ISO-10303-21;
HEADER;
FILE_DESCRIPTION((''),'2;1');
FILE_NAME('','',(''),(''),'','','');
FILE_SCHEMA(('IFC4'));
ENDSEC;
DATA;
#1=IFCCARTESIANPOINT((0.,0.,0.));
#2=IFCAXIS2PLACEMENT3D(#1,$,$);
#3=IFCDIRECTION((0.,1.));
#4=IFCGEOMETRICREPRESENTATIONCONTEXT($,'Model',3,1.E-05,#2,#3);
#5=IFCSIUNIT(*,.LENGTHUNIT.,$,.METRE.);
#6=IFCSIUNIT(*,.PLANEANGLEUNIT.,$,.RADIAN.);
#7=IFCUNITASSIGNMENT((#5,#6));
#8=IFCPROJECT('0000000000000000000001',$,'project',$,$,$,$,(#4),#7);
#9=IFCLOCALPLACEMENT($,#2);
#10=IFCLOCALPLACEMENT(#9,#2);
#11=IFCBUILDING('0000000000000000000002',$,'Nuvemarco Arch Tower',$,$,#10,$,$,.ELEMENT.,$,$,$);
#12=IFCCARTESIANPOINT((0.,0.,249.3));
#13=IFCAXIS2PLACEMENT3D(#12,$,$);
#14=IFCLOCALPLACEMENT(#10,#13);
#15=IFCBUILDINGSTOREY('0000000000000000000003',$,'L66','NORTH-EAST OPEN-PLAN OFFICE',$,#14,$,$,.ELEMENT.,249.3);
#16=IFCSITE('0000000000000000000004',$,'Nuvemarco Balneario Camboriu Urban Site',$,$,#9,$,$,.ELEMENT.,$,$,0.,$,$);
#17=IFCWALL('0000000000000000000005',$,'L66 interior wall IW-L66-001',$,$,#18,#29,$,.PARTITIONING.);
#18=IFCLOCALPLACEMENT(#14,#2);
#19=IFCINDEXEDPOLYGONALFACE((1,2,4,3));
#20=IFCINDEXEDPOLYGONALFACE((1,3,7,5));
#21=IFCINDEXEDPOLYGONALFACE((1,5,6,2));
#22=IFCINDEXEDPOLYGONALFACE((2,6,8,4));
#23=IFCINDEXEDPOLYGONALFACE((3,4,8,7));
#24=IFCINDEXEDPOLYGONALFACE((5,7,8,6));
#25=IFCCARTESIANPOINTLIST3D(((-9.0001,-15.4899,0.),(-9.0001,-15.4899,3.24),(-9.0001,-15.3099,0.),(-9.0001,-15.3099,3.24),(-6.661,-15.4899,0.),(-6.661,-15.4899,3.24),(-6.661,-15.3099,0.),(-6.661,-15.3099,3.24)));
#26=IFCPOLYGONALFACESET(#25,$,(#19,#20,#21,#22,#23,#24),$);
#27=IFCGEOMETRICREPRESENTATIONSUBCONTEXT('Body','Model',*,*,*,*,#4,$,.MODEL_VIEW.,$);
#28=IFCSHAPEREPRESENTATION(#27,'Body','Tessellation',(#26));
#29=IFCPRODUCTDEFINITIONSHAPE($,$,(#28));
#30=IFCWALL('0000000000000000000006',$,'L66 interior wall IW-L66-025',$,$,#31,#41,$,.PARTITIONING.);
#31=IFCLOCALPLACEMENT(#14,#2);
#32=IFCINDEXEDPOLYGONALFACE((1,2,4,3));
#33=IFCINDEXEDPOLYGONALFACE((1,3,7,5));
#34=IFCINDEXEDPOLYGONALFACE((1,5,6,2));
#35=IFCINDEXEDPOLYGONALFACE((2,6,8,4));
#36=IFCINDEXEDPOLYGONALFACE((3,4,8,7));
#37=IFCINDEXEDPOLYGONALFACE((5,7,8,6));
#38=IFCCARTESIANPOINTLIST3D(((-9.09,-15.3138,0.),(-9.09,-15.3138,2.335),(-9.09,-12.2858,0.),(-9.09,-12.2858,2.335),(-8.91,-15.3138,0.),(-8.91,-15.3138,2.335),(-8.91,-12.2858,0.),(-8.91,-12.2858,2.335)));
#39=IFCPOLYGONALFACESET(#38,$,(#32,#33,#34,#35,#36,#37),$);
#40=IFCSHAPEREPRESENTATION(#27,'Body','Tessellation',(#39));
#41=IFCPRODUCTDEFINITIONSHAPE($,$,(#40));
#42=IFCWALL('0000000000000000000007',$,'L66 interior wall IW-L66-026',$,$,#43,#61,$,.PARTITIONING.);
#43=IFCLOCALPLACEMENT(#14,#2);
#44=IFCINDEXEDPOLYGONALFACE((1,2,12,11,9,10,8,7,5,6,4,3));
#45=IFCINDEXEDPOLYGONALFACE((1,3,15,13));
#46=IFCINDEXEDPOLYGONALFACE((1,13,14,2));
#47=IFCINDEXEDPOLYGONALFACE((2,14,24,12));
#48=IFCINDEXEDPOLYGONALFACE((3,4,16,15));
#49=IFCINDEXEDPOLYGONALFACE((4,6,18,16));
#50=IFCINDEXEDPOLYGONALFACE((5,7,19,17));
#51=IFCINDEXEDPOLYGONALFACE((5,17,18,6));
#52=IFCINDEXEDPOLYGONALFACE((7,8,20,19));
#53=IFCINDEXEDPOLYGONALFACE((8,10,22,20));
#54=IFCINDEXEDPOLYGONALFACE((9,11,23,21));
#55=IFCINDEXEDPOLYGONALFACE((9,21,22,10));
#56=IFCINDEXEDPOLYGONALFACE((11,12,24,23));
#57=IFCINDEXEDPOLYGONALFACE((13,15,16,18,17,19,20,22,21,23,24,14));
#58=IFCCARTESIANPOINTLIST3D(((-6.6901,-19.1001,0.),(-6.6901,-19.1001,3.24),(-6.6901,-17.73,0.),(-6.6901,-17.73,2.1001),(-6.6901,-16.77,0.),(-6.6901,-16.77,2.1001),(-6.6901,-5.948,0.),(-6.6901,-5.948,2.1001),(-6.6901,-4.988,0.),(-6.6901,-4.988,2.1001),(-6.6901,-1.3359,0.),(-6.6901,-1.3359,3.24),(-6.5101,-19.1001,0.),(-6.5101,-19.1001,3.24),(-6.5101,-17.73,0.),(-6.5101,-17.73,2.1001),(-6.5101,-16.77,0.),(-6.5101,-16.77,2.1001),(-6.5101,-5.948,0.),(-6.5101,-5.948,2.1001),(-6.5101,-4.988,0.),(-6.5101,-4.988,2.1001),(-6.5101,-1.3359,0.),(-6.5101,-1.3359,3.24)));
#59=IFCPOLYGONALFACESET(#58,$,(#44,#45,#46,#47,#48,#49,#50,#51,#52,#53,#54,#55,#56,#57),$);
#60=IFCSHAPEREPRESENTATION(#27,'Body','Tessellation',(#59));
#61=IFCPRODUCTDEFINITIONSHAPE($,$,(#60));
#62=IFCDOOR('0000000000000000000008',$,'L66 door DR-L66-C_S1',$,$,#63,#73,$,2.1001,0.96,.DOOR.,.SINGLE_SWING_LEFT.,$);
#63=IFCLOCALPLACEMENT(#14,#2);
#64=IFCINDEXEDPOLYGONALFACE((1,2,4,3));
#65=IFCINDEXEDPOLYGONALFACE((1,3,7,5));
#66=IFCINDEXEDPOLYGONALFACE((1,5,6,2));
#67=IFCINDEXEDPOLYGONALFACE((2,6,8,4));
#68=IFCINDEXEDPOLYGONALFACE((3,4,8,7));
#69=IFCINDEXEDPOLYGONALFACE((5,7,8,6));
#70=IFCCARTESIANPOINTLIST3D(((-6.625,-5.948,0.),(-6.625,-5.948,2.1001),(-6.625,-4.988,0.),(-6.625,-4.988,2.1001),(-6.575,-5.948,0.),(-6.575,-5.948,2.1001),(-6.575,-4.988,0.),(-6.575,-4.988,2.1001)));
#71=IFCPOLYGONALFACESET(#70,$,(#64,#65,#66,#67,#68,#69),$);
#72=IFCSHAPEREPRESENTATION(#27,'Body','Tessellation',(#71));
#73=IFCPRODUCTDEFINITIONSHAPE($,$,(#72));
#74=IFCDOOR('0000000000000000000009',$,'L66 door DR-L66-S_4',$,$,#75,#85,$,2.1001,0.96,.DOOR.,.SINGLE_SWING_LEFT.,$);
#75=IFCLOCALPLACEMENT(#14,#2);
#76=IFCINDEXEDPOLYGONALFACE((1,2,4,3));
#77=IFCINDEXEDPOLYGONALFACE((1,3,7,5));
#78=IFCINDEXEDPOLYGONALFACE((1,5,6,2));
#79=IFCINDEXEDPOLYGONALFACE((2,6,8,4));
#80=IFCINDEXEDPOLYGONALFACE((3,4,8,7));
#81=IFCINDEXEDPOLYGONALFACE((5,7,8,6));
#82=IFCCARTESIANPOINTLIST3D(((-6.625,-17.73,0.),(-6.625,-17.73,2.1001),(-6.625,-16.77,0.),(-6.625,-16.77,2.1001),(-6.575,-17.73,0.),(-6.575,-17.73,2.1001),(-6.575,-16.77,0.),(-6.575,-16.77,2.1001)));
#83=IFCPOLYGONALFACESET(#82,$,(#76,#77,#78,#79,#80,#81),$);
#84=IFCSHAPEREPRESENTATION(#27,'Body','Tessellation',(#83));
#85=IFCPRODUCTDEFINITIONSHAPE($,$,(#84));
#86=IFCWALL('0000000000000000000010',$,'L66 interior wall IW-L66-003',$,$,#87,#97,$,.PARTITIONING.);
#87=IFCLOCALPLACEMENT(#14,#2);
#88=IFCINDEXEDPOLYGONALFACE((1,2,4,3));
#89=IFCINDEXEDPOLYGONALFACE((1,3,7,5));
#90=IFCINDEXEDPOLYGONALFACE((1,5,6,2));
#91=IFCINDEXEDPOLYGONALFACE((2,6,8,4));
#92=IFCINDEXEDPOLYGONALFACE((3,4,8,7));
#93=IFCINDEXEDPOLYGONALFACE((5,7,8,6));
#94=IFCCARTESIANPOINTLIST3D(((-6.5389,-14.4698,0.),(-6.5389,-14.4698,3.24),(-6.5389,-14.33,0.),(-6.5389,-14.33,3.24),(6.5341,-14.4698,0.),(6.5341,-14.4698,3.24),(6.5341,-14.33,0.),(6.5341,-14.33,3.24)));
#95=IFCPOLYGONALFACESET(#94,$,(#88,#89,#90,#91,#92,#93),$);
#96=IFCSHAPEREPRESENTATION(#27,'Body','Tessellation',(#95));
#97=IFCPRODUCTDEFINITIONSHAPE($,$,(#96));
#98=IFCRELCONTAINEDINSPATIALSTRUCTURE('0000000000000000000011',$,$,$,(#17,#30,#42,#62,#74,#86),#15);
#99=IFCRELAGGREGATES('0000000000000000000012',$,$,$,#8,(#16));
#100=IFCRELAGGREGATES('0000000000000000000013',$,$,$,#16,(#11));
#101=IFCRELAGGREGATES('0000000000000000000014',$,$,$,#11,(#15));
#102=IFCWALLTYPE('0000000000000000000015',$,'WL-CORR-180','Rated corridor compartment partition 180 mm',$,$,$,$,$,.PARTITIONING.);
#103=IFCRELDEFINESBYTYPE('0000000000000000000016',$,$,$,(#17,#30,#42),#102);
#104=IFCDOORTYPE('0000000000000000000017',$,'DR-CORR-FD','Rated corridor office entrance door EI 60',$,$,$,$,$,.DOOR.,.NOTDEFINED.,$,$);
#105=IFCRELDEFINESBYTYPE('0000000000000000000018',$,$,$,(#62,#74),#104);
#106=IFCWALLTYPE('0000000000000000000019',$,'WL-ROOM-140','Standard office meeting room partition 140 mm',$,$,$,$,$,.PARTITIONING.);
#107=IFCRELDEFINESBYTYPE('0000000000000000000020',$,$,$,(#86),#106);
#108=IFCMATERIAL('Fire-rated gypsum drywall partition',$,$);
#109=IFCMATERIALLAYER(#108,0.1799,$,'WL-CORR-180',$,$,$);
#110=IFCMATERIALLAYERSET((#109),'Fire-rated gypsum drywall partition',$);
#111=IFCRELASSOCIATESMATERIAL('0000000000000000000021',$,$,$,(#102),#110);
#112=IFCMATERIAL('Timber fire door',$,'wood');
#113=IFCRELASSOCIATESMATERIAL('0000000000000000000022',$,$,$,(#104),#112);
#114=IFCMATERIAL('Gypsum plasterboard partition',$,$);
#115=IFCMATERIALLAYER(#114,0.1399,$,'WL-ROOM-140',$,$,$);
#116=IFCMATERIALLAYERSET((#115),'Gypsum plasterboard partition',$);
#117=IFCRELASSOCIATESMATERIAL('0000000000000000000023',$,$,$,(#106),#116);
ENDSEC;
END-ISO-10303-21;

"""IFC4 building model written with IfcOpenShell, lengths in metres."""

from ifc_helpers import new_model, si_unit, direction, frame, frame_2d, origin, place, context, subcontext, project, spatial, rectangle, extrude, source, transform, mapped, material, layer, layer_set, type_object, type_shapes, element, fill, save


model = new_model("IFC4")

# Units and contexts
model_context = context("Model", 3, precision=1e-05, world=origin(), true_north=direction((0.0, 1.0)))
body_context = subcontext(model_context, "Body", "Model", "MODEL_VIEW")
ifc_project = project(units=[si_unit("LENGTHUNIT", "METRE"), si_unit("PLANEANGLEUNIT", "RADIAN")], contexts=[model_context])

# Site, building, storey
site_placement = place(None, origin())
site = spatial("IfcSite", under=ifc_project, at=site_placement, Name="Nuvemarco Balneario Camboriu Urban Site", CompositionType="ELEMENT", RefElevation=0.0)
building_placement = place(site_placement, origin())
building = spatial("IfcBuilding", under=site, at=building_placement, Name="Nuvemarco Arch Tower", CompositionType="ELEMENT")
storey_placement = place(building_placement, frame((0.0, 0.0, 249.3)))
storey = spatial("IfcBuildingStorey", under=building, at=storey_placement, Name="L66", Description="NORTH-EAST OPEN-PLAN OFFICE", CompositionType="ELEMENT", Elevation=249.3)

# Walls
ifc_material_1 = material(Name="Fire-rated gypsum drywall partition")
ifc_layer_1 = layer(ifc_material_1, 0.1799, Name="WL-CORR-180")
ifc_layer_set_1 = layer_set([ifc_layer_1], Name="Fire-rated gypsum drywall partition")
wall_type_1 = type_object("IfcWallType", Name="WL-CORR-180", Description="Rated corridor compartment partition 180 mm", PredefinedType="PARTITIONING", material=ifc_layer_set_1)
wall_1_placement = place(storey_placement, frame((-9.0, -15.3999, 0.0), z_axis=(0.0, 0.0, 1.0), x_axis=(1.0, 0.0, 0.0)))
element("IfcWall", 1, at=wall_1_placement, inside=storey, type_object=wall_type_1, Name="L66 interior wall IW-L66-001", PredefinedType="PARTITIONING", context=body_context, shape_type="SweptSolid", body=[
    extrude(rectangle(XDim=2.3391, YDim=0.1799, at=frame_2d((1.1694, 0.0))), origin(), (0.0, 0.0, 1.0), 3.24),
])
wall_2_placement = place(storey_placement, frame((-9.0, -15.314, 0.0), z_axis=(0.0, 0.0, 1.0), x_axis=(0.0, 1.0, 0.0)))
element("IfcWall", 2, at=wall_2_placement, inside=storey, type_object=wall_type_1, Name="L66 interior wall IW-L66-025", PredefinedType="PARTITIONING", context=body_context, shape_type="SweptSolid", body=[
    extrude(rectangle(XDim=3.0281, YDim=0.1799, at=frame_2d((1.5142, 0.0))), origin(), (0.0, 0.0, 1.0), 2.335),
])

# Wall, openings, doors
wall_3_placement = place(storey_placement, frame((-6.6001, -19.1001, 0.0), z_axis=(0.0, 0.0, 1.0), x_axis=(0.0, 1.0, 0.0)))
wall_3 = element("IfcWall", 3, at=wall_3_placement, inside=storey, type_object=wall_type_1, Name="L66 interior wall IW-L66-026", PredefinedType="PARTITIONING", context=body_context, shape_type="SweptSolid", body=[
    extrude(rectangle(XDim=17.7642, YDim=0.1799, at=frame_2d((8.8821, 0.0))), origin(), (0.0, 0.0, 1.0), 3.24),
])
opening_1_placement = place(wall_3_placement, frame((13.1521, 0.0, 0.0)))
opening_1 = element("IfcOpeningElement", 4, at=opening_1_placement, cuts=wall_3, PredefinedType="OPENING", context=body_context, shape_type="SweptSolid", body=[
    extrude(rectangle(XDim=0.96, YDim=2.1001, at=frame_2d((0.48, 1.05))), frame((0.0, 0.0999, 0.0), z_axis=(0.0, -1.0, 0.0), x_axis=(1.0, 0.0, 0.0)), (0.0, 0.0, 1.0), 0.2),
])
opening_2_placement = place(wall_3_placement, frame((1.3701, 0.0, 0.0)))
opening_2 = element("IfcOpeningElement", 5, at=opening_2_placement, cuts=wall_3, PredefinedType="OPENING", context=body_context, shape_type="SweptSolid", body=[
    extrude(rectangle(XDim=0.96, YDim=2.1001, at=frame_2d((0.48, 1.05))), frame((0.0, 0.0999, 0.0), z_axis=(0.0, -1.0, 0.0), x_axis=(1.0, 0.0, 0.0)), (0.0, 0.0, 1.0), 0.2),
])
ifc_material_2 = material(Name="Timber fire door", Category="wood")
door_type = type_object("IfcDoorType", Name="DR-CORR-FD", Description="Rated corridor office entrance door EI 60", OperationType="NOTDEFINED", PredefinedType="DOOR", material=ifc_material_2)
shared_shape_1 = source(origin(), body_context, "Body", "SweptSolid", [
    extrude(rectangle(XDim=0.96, YDim=2.1001, at=frame_2d((0.48, 1.05))), frame((0.0, 0.0249, 0.0), z_axis=(0.0, -1.0, 0.0), x_axis=(1.0, 0.0, 0.0)), (0.0, 0.0, 1.0), 0.05),
])
type_shapes(door_type, [shared_shape_1])
door_1_placement = place(opening_1_placement, origin())
door_1 = element("IfcDoor", 6, at=door_1_placement, inside=storey, type_object=door_type, Name="L66 door DR-L66-C_S1", OperationType="SINGLE_SWING_LEFT", OverallHeight=2.1001, OverallWidth=0.96, PredefinedType="DOOR", context=body_context, shape_type="MappedRepresentation", body=[
    mapped(shared_shape_1, transform((0.0, 0.0, 0.0), scale=1.0)),
])
fill(opening_1, door_1)
door_2_placement = place(opening_2_placement, origin())
door_2 = element("IfcDoor", 7, at=door_2_placement, inside=storey, type_object=door_type, Name="L66 door DR-L66-S_4", OperationType="SINGLE_SWING_LEFT", OverallHeight=2.1001, OverallWidth=0.96, PredefinedType="DOOR", context=body_context, shape_type="MappedRepresentation", body=[
    mapped(shared_shape_1, transform((0.0, 0.0, 0.0), scale=1.0)),
])
fill(opening_2, door_2)

# Wall
ifc_material_3 = material(Name="Gypsum plasterboard partition")
ifc_layer_2 = layer(ifc_material_3, 0.1399, Name="WL-ROOM-140")
ifc_layer_set_2 = layer_set([ifc_layer_2], Name="Gypsum plasterboard partition")
wall_type_2 = type_object("IfcWallType", Name="WL-ROOM-140", Description="Standard office meeting room partition 140 mm", PredefinedType="PARTITIONING", material=ifc_layer_set_2)
wall_4_placement = place(storey_placement, frame((-6.5391, -14.3999, 0.0), z_axis=(0.0, 0.0, 1.0), x_axis=(1.0, 0.0, 0.0)))
element("IfcWall", 8, at=wall_4_placement, inside=storey, type_object=wall_type_2, Name="L66 interior wall IW-L66-003", PredefinedType="PARTITIONING", context=body_context, shape_type="SweptSolid", body=[
    extrude(rectangle(XDim=13.073, YDim=0.1399, at=frame_2d((6.5366, 0.0))), origin(), (0.0, 0.0, 1.0), 3.24),
])

save(model, "model.ifc")
